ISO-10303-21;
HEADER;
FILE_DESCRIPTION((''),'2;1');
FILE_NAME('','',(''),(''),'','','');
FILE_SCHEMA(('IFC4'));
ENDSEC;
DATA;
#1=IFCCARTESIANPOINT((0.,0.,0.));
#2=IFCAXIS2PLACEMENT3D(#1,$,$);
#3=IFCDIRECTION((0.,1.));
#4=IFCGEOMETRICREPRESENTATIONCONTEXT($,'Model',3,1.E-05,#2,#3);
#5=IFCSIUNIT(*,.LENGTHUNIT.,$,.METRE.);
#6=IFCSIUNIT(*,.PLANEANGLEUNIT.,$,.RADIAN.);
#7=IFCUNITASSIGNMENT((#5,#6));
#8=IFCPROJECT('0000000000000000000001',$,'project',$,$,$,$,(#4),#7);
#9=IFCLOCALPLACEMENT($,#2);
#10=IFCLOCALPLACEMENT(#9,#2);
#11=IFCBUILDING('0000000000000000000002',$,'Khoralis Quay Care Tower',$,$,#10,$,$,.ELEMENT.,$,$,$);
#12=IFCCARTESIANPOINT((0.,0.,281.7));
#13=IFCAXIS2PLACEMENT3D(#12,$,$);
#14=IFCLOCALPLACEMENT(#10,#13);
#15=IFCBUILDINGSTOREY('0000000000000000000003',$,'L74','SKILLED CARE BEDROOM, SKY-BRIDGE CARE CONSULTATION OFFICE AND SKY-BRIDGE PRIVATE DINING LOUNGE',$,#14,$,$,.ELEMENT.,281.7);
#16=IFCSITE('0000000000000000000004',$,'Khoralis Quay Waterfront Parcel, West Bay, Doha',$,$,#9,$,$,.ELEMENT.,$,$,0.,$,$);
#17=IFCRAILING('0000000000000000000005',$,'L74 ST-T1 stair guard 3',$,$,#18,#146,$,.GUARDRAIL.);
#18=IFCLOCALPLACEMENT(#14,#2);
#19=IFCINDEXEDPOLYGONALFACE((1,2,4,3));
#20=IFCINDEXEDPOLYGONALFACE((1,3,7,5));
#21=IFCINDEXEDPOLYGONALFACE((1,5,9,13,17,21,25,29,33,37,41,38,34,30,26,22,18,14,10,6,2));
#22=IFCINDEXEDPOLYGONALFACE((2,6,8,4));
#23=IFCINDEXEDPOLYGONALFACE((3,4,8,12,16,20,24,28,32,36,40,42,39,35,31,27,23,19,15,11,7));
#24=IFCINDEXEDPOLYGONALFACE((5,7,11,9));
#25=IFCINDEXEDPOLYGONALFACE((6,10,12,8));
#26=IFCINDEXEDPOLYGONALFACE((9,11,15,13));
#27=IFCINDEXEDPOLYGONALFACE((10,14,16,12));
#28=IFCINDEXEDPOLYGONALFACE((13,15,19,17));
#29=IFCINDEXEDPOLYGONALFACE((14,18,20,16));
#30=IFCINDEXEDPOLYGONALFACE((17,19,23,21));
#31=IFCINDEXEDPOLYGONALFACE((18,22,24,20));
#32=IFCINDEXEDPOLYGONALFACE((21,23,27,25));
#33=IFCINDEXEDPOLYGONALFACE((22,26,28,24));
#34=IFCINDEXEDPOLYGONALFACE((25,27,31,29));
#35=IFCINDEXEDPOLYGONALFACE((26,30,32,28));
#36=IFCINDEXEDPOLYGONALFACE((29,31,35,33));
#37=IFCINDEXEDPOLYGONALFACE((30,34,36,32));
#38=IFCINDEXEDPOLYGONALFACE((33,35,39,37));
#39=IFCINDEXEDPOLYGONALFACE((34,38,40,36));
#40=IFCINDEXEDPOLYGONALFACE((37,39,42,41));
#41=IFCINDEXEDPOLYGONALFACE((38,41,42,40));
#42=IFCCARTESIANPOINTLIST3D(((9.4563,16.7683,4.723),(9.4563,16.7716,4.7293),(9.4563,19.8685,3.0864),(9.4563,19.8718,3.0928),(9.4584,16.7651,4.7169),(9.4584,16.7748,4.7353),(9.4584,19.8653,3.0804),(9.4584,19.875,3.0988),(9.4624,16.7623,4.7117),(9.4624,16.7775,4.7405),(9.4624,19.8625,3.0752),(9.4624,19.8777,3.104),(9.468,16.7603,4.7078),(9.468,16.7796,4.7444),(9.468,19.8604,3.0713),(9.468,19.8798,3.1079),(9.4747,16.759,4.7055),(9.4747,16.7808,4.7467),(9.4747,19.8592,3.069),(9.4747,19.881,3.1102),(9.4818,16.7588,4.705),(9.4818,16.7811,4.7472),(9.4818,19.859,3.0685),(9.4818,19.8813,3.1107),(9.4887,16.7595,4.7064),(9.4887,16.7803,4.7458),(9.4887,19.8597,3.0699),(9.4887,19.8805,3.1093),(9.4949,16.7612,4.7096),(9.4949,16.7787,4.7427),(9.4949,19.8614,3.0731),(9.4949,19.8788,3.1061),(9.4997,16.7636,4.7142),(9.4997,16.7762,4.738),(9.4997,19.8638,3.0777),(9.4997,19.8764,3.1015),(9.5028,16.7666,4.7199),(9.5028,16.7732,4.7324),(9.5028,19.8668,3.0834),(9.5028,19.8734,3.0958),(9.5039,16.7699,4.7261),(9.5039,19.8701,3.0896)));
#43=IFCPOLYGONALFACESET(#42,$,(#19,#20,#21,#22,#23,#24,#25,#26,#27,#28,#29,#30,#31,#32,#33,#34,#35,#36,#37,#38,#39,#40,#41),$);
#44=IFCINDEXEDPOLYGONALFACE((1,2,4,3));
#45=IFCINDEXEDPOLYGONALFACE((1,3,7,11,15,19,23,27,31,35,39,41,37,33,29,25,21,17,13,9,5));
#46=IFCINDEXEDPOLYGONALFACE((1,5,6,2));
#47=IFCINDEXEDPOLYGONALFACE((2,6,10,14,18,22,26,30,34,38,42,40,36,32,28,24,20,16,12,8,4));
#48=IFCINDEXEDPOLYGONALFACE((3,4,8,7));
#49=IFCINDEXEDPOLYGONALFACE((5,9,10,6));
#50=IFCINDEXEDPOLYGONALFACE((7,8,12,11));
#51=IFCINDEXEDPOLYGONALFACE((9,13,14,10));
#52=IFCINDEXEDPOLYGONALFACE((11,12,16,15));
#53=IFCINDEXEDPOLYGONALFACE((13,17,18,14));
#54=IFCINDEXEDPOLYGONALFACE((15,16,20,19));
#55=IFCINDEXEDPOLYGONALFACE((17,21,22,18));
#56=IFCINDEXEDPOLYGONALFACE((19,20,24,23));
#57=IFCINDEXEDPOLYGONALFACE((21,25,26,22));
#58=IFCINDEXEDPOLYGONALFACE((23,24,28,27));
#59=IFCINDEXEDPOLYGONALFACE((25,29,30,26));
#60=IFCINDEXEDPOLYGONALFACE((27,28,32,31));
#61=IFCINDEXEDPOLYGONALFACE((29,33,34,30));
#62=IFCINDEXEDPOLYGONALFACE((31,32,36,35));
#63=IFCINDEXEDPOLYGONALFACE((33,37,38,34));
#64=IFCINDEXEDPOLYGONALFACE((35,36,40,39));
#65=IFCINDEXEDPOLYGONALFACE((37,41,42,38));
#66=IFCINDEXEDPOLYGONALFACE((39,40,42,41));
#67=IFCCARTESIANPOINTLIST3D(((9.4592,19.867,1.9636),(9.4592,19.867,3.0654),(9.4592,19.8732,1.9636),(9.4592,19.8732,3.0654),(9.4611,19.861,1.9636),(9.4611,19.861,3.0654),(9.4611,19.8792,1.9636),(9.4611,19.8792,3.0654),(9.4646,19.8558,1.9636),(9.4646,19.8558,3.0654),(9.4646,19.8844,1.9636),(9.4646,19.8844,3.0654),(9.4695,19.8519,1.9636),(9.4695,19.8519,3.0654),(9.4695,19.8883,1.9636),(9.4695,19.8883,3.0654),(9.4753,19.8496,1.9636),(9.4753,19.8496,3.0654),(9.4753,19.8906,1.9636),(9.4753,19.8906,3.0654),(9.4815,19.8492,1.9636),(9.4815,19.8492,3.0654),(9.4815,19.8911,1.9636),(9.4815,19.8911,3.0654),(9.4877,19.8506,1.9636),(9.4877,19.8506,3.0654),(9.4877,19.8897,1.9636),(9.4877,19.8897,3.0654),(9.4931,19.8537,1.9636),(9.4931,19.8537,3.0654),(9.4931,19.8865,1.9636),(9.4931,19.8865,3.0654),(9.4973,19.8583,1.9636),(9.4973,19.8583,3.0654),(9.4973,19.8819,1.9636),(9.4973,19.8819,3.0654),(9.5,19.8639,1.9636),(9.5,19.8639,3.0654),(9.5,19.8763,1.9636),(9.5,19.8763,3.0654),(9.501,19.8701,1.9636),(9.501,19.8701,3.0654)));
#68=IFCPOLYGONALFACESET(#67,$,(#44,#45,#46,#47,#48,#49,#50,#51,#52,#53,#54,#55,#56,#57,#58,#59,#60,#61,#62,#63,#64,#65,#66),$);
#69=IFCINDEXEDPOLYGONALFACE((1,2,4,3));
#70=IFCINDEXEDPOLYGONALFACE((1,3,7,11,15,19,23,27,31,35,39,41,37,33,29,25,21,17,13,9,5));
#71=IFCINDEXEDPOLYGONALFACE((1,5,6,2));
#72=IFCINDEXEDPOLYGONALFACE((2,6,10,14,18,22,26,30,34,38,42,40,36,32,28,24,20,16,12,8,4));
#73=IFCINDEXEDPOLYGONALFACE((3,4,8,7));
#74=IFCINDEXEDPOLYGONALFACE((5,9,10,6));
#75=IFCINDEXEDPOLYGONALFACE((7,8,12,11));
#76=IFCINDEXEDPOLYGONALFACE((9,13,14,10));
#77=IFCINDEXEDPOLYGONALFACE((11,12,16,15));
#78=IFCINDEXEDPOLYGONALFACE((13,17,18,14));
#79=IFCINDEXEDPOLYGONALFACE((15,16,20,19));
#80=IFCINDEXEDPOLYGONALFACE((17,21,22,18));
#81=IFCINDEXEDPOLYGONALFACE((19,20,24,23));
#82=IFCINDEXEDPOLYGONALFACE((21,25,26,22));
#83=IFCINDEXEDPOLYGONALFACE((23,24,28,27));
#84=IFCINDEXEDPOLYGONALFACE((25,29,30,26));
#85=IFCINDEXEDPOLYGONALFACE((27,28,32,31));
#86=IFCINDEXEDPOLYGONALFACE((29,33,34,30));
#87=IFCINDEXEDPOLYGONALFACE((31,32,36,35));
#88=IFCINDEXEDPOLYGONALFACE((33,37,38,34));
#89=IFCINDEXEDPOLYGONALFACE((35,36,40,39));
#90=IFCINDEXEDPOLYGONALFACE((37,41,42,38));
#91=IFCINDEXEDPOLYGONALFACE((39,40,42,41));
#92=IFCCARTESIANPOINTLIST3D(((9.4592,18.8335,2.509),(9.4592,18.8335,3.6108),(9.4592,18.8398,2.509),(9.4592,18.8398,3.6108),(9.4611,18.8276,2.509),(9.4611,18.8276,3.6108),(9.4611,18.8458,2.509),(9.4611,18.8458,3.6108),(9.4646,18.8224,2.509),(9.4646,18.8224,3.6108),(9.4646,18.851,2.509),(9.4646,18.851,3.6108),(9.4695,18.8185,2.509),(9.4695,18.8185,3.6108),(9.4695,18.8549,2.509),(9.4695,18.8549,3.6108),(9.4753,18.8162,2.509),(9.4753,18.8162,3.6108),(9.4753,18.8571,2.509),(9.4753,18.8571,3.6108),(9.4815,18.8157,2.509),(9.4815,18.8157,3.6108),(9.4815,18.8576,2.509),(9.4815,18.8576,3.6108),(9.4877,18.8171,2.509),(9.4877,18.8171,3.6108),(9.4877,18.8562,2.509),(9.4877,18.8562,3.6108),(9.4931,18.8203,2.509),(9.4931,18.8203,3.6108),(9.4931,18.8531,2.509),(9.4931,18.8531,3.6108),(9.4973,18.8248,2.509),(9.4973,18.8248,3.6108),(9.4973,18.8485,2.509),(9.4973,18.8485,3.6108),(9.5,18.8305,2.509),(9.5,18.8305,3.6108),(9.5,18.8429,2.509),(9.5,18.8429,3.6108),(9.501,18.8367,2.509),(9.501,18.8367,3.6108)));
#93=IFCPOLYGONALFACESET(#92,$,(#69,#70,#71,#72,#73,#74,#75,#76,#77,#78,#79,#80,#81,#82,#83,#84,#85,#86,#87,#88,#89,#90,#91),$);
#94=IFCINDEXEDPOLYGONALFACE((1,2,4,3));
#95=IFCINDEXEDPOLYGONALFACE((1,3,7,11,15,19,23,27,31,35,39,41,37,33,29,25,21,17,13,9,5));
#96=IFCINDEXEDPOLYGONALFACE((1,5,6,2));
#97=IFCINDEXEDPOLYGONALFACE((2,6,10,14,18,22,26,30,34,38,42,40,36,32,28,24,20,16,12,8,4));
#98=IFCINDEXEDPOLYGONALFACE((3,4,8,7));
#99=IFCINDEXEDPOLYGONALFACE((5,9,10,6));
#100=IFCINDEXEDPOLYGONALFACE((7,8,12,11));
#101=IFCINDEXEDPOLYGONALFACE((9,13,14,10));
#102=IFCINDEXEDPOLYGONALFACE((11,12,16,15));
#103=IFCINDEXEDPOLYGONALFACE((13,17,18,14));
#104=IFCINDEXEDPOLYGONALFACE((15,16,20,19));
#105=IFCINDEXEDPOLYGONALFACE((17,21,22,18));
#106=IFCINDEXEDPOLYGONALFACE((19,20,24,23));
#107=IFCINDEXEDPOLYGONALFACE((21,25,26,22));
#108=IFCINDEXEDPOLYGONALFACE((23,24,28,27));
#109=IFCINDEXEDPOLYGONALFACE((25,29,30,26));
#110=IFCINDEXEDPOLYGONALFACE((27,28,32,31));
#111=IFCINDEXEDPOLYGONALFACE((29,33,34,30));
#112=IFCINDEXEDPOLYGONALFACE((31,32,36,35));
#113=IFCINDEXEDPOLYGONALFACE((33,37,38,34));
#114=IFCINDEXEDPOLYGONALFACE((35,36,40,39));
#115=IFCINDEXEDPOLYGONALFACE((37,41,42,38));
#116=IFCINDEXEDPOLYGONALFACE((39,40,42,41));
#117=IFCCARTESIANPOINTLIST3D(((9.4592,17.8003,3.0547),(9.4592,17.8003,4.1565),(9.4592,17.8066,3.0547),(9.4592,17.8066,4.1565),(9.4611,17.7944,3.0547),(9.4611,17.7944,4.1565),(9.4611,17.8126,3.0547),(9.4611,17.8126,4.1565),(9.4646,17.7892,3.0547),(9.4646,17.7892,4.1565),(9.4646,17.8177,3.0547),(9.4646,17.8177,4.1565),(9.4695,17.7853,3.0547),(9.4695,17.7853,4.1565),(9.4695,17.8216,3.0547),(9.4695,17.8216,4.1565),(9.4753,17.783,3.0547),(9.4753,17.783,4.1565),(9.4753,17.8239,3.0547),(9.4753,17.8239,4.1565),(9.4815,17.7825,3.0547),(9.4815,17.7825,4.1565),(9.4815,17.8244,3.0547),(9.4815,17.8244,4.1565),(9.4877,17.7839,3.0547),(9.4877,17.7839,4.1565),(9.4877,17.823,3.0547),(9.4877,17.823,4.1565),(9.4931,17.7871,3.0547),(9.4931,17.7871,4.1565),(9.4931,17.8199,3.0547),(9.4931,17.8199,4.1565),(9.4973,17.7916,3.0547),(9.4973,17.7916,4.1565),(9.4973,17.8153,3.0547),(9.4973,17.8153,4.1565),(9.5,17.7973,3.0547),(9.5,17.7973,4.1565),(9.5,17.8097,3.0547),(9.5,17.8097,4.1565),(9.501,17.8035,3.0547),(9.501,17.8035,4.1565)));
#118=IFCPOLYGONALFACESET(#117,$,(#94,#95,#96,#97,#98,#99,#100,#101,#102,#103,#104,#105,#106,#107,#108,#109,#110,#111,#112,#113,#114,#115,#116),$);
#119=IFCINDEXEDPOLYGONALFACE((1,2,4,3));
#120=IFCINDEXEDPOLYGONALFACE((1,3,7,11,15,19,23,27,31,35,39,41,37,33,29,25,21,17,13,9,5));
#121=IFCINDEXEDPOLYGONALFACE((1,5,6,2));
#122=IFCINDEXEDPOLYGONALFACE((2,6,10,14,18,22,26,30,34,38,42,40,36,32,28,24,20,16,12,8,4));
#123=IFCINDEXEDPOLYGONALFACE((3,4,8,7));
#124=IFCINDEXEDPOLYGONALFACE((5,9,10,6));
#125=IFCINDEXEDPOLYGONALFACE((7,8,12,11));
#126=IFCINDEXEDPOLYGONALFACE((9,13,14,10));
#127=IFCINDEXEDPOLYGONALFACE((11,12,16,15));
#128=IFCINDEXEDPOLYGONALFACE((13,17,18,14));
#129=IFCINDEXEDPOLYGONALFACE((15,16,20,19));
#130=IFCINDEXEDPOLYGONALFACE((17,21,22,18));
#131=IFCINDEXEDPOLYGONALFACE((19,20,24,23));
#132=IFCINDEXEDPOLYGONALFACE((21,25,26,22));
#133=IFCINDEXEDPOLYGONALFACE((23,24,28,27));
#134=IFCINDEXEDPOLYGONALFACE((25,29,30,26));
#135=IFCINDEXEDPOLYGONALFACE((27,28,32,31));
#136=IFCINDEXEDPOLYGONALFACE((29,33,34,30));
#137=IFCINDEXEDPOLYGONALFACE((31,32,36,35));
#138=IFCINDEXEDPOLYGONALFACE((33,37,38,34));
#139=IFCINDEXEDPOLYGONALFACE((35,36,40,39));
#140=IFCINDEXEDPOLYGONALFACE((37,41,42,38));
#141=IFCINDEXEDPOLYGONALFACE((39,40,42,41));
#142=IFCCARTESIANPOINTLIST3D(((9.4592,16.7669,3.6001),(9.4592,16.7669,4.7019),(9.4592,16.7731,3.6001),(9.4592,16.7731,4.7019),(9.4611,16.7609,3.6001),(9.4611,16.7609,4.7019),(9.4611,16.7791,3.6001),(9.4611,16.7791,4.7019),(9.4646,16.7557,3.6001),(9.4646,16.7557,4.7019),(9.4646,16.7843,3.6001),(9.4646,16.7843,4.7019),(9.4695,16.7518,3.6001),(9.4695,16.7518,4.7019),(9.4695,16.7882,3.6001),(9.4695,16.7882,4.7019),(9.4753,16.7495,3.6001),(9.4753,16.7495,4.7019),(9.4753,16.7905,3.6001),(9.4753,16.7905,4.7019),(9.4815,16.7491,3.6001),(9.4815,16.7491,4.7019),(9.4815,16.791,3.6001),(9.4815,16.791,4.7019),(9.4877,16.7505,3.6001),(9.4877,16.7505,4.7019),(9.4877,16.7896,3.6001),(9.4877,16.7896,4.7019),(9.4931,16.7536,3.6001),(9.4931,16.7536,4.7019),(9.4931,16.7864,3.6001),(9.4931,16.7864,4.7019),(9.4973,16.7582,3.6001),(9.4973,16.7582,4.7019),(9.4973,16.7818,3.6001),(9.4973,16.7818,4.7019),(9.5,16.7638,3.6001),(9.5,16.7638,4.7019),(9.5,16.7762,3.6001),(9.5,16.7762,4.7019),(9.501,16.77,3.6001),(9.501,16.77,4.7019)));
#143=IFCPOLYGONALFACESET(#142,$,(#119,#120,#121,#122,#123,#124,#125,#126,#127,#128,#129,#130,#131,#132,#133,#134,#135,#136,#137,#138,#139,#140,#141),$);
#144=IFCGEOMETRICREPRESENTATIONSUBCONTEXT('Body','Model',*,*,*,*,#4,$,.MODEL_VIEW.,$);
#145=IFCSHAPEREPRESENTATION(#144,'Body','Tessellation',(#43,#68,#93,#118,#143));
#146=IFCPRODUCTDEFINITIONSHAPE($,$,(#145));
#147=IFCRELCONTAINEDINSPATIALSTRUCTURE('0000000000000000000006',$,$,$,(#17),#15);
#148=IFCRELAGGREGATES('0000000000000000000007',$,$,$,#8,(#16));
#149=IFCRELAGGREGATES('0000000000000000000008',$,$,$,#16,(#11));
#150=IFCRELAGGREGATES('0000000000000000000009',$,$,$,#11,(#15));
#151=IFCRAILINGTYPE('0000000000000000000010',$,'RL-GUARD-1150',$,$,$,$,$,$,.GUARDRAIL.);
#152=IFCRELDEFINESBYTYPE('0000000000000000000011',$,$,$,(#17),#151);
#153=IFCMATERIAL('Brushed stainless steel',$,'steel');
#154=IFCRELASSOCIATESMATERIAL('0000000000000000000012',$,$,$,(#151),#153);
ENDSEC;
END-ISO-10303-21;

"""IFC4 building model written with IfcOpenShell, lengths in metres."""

from ifc_helpers import new_model, si_unit, direction, frame, origin, origin_2d, place, context, subcontext, project, spatial, circle, extrude, material, type_object, element, save


model = new_model("IFC4")

# Units and contexts
model_context = context("Model", 3, precision=1e-05, world=origin(), true_north=direction((0.0, 1.0)))
body_context = subcontext(model_context, "Body", "Model", "MODEL_VIEW")
ifc_project = project(units=[si_unit("LENGTHUNIT", "METRE"), si_unit("PLANEANGLEUNIT", "RADIAN")], contexts=[model_context])

# Site, building, storey
site_placement = place(None, origin())
site = spatial("IfcSite", under=ifc_project, at=site_placement, Name="Khoralis Quay Waterfront Parcel, West Bay, Doha", CompositionType="ELEMENT", RefElevation=0.0)
building_placement = place(site_placement, origin())
building = spatial("IfcBuilding", under=site, at=building_placement, Name="Khoralis Quay Care Tower", CompositionType="ELEMENT")
storey_placement = place(building_placement, frame((0.0, 0.0, 281.7)))
storey = spatial("IfcBuildingStorey", under=building, at=storey_placement, Name="L74", Description="SKILLED CARE BEDROOM, SKY-BRIDGE CARE CONSULTATION OFFICE AND SKY-BRIDGE PRIVATE DINING LOUNGE", CompositionType="ELEMENT", Elevation=281.7)

# Shared definitions
ifc_material_1 = material(Name="Brushed stainless steel", Category="steel")

# Railing
railing_type_1 = type_object("IfcRailingType", Name="RL-GUARD-1150", PredefinedType="GUARDRAIL", material=ifc_material_1)
railing_1_placement = place(storey_placement, frame((9.48, 19.8701, 1.9636)))
element("IfcRailing", 1, at=railing_1_placement, inside=storey, type_object=railing_type_1, Name="L74 ST-T1 stair guard 3", PredefinedType="GUARDRAIL", context=body_context, shape_type="SweptSolid", body=[
    extrude(circle(Radius=0.0239, at=origin_2d()), frame((0.0, 0.0, 1.126), z_axis=(0.0, -0.884348, 0.466828), x_axis=(1.0, 0.0, 0.0)), (0.0, 0.0, 1.0), 3.5056),
    extrude(circle(Radius=0.021, at=origin_2d()), origin(), (0.0, 0.0, 1.0), 1.1018),
    extrude(circle(Radius=0.021, at=origin_2d()), frame((0.0, -1.0334, 0.5454)), (0.0, 0.0, 1.0), 1.1018),
    extrude(circle(Radius=0.021, at=origin_2d()), frame((0.0, -2.0667, 1.0911)), (0.0, 0.0, 1.0), 1.1018),
    extrude(circle(Radius=0.021, at=origin_2d()), frame((0.0, -3.1001, 1.6365)), (0.0, 0.0, 1.0), 1.1018),
])

save(model, "model.ifc")
